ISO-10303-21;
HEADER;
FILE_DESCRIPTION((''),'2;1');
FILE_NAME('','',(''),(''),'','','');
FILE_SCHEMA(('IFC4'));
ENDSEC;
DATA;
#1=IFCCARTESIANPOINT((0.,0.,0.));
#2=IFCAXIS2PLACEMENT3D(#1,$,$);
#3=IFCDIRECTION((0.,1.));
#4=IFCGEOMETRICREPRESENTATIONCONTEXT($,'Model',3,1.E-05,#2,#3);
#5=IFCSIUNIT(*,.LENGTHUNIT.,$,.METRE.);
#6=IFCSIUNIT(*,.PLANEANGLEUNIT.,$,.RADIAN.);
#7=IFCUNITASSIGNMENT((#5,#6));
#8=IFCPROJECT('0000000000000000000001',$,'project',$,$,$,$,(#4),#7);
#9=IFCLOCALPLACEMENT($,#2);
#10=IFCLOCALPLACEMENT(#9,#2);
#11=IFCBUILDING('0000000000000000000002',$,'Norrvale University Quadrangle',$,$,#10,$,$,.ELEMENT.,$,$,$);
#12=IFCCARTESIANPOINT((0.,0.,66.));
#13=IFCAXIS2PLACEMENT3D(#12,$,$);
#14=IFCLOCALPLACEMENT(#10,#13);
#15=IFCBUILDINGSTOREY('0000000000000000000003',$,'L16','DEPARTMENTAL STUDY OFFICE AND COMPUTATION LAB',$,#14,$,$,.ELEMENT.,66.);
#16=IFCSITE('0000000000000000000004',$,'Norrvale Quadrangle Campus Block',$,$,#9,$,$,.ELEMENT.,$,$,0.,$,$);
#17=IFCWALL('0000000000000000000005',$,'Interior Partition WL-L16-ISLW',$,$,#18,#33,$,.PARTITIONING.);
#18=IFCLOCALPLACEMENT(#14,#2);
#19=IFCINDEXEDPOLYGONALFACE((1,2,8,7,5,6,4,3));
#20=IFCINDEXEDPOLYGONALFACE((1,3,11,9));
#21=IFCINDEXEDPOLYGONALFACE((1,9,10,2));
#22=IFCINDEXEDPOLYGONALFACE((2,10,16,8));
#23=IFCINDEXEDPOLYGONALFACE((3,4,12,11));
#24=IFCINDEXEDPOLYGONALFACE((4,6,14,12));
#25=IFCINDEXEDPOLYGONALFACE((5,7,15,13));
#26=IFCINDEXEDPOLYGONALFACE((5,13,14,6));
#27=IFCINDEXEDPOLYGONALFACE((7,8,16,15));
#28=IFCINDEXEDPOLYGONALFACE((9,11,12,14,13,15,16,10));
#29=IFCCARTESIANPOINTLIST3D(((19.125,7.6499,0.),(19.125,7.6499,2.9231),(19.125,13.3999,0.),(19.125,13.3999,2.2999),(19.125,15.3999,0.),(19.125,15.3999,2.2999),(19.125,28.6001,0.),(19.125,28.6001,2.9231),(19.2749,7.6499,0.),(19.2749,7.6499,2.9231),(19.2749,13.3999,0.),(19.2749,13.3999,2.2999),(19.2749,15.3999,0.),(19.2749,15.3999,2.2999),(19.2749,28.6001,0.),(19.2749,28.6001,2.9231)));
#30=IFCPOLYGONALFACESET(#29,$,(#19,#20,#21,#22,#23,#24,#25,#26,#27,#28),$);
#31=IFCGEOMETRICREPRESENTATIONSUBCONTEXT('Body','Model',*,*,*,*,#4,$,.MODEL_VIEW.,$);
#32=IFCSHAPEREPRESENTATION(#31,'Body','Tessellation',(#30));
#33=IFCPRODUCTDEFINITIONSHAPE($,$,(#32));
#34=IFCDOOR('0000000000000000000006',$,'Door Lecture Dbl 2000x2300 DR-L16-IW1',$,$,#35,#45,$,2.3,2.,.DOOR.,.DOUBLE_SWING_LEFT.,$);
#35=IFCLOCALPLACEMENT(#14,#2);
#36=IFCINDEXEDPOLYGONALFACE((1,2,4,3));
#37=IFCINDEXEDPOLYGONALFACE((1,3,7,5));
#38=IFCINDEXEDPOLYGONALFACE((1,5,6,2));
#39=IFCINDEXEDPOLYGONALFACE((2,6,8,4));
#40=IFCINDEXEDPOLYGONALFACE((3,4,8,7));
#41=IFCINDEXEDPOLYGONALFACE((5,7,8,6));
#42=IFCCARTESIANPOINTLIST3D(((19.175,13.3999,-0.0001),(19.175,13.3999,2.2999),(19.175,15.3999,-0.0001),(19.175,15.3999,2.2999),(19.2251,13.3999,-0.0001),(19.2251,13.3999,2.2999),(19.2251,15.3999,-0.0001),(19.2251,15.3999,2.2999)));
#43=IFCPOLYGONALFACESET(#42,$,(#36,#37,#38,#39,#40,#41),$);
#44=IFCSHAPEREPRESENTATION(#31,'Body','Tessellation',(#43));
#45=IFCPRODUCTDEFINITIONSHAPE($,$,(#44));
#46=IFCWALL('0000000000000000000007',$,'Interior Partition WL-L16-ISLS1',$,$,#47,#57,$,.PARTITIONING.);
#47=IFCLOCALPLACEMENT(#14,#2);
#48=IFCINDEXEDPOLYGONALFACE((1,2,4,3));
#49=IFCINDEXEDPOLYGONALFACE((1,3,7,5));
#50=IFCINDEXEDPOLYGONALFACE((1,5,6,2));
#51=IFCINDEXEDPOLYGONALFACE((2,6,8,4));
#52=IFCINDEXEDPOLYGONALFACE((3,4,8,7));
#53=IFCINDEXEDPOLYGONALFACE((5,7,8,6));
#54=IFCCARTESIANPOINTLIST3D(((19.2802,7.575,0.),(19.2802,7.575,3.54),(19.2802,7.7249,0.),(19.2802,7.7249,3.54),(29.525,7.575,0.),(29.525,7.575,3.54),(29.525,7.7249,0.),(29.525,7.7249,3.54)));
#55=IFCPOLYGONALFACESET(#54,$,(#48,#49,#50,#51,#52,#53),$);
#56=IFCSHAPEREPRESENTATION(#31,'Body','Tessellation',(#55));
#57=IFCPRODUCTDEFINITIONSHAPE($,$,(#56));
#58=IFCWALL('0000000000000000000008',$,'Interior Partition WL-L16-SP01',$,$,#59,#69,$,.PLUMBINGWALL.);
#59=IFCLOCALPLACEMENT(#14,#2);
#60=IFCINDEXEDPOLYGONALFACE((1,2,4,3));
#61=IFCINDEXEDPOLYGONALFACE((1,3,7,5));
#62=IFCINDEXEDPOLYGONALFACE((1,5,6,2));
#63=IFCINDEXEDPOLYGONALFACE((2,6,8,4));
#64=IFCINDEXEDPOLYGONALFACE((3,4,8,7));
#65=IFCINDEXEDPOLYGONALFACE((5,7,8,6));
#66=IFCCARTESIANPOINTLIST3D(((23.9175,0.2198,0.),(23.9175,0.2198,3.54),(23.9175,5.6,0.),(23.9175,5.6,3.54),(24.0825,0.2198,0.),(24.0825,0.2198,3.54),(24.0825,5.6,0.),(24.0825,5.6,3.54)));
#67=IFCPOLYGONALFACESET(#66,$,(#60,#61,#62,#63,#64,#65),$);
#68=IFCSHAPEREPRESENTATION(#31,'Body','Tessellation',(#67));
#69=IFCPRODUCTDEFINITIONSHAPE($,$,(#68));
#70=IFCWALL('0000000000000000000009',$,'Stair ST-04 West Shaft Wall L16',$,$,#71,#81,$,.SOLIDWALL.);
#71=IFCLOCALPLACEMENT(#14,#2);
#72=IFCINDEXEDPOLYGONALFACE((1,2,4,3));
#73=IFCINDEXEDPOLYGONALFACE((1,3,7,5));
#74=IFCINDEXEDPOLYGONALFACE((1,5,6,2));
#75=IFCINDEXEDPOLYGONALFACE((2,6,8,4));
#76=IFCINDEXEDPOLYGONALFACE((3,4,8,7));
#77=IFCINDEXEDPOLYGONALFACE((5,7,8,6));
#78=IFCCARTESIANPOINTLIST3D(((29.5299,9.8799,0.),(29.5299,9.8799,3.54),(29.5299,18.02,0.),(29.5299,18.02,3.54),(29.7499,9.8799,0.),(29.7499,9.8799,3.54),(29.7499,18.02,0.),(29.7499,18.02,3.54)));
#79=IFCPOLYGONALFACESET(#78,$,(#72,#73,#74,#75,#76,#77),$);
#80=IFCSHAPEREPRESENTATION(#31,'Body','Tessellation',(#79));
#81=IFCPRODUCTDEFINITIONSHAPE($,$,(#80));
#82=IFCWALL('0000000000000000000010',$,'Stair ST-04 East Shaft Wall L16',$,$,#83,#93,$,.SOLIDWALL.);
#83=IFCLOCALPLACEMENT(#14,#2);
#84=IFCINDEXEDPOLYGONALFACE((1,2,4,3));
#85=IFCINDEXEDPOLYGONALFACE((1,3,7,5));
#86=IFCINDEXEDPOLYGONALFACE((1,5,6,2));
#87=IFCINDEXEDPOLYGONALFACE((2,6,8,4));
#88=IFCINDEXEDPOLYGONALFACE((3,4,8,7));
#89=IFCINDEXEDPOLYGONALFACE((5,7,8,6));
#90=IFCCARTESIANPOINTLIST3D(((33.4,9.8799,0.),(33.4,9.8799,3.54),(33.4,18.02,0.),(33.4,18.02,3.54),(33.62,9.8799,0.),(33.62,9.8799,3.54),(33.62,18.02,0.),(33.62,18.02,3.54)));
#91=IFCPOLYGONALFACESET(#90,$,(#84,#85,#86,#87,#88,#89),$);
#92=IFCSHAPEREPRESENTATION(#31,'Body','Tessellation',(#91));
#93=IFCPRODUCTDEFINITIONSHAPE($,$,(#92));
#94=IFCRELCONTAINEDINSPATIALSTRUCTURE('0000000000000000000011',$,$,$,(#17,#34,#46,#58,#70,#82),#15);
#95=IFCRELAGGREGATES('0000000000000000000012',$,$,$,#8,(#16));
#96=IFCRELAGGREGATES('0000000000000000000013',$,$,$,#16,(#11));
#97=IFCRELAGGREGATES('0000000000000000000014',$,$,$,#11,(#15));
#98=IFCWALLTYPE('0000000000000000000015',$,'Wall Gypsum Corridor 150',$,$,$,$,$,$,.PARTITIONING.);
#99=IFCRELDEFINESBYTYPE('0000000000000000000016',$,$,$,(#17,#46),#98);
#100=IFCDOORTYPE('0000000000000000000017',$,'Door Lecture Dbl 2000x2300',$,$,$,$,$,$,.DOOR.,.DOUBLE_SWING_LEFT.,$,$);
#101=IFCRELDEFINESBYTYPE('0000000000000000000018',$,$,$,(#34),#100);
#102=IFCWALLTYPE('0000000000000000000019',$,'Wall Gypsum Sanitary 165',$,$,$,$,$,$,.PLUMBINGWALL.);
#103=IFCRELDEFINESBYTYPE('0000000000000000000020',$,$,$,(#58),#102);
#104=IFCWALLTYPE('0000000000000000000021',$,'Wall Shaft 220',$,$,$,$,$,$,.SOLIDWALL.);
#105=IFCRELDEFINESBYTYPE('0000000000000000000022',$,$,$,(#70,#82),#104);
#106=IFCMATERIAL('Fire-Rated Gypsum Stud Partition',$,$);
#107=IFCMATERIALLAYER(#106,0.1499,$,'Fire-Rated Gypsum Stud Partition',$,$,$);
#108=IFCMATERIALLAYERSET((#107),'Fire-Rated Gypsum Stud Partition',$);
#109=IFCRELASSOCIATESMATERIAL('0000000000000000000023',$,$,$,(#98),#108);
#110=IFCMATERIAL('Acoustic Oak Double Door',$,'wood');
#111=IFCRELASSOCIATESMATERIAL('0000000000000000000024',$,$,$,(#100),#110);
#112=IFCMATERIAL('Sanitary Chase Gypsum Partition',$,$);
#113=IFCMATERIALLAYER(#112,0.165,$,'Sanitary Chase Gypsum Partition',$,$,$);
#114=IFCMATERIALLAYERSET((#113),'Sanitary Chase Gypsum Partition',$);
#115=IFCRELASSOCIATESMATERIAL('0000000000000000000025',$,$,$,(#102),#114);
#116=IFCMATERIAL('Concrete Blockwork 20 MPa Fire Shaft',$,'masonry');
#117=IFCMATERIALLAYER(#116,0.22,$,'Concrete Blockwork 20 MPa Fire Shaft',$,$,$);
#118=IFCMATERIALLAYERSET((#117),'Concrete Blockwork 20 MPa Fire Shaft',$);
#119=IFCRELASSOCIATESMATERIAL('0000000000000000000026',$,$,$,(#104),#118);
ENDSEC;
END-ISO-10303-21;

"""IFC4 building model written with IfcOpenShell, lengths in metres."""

from ifc_helpers import new_model, si_unit, direction, frame, frame_2d, origin, place, context, subcontext, project, spatial, rectangle, extrude, material, layer, layer_set, type_object, element, fill, save


model = new_model("IFC4")

# Units and contexts
model_context = context("Model", 3, precision=1e-05, world=origin(), true_north=direction((0.0, 1.0)))
body_context = subcontext(model_context, "Body", "Model", "MODEL_VIEW")
ifc_project = project(units=[si_unit("LENGTHUNIT", "METRE"), si_unit("PLANEANGLEUNIT", "RADIAN")], contexts=[model_context])

# Site, building, storey
site_placement = place(None, origin())
site = spatial("IfcSite", under=ifc_project, at=site_placement, Name="Norrvale Quadrangle Campus Block", CompositionType="ELEMENT", RefElevation=0.0)
building_placement = place(site_placement, origin())
building = spatial("IfcBuilding", under=site, at=building_placement, Name="Norrvale University Quadrangle", CompositionType="ELEMENT")
storey_placement = place(building_placement, frame((0.0, 0.0, 66.0)))
storey = spatial("IfcBuildingStorey", under=building, at=storey_placement, Name="L16", Description="DEPARTMENTAL STUDY OFFICE AND COMPUTATION LAB", CompositionType="ELEMENT", Elevation=66.0)

# Wall, opening, door
ifc_material_1 = material(Name="Fire-Rated Gypsum Stud Partition")
ifc_layer_1 = layer(ifc_material_1, 0.1499, Name="Fire-Rated Gypsum Stud Partition")
ifc_layer_set_1 = layer_set([ifc_layer_1], Name="Fire-Rated Gypsum Stud Partition")
wall_type_1 = type_object("IfcWallType", Name="Wall Gypsum Corridor 150", PredefinedType="PARTITIONING", material=ifc_layer_set_1)
wall_1_placement = place(storey_placement, frame((19.2, 7.6499, 0.0), z_axis=(0.0, 0.0, 1.0), x_axis=(0.0, 1.0, 0.0)))
wall_1 = element("IfcWall", 1, at=wall_1_placement, inside=storey, type_object=wall_type_1, Name="Interior Partition WL-L16-ISLW", PredefinedType="PARTITIONING", context=body_context, shape_type="SweptSolid", body=[
    extrude(rectangle(XDim=20.9502, YDim=0.1499, at=frame_2d((10.4751, 0.0))), origin(), (0.0, 0.0, 1.0), 2.9231),
])
opening_placement = place(wall_1_placement, frame((5.75, 0.0, 0.0)))
opening = element("IfcOpeningElement", 2, at=opening_placement, cuts=wall_1, PredefinedType="OPENING", context=body_context, shape_type="SweptSolid", body=[
    extrude(rectangle(XDim=2.0, YDim=2.3, at=frame_2d((1.0, 1.1499))), frame((0.0, 0.0869, 0.0), z_axis=(0.0, -1.0, 0.0), x_axis=(1.0, 0.0, 0.0)), (0.0, 0.0, 1.0), 0.1738),
])
ifc_material_2 = material(Name="Acoustic Oak Double Door", Category="wood")
door_type = type_object("IfcDoorType", Name="Door Lecture Dbl 2000x2300", OperationType="DOUBLE_SWING_LEFT", PredefinedType="DOOR", material=ifc_material_2)
door_placement = place(opening_placement, origin())
door = element("IfcDoor", 3, at=door_placement, inside=storey, type_object=door_type, Name="Door Lecture Dbl 2000x2300 DR-L16-IW1", OperationType="DOUBLE_SWING_LEFT", OverallHeight=2.3, OverallWidth=2.0, PredefinedType="DOOR", context=body_context, shape_type="SweptSolid", body=[
    extrude(rectangle(XDim=2.0, YDim=2.3, at=frame_2d((1.0, 1.1499))), frame((0.0, 0.0249, 0.0), z_axis=(0.0, -1.0, 0.0), x_axis=(1.0, 0.0, 0.0)), (0.0, 0.0, 1.0), 0.05),
])
fill(opening, door)

# Walls
wall_2_placement = place(storey_placement, frame((19.28, 7.6499, 0.0), z_axis=(0.0, 0.0, 1.0), x_axis=(1.0, 0.0, 0.0)))
element("IfcWall", 4, at=wall_2_placement, inside=storey, type_object=wall_type_1, Name="Interior Partition WL-L16-ISLS1", PredefinedType="PARTITIONING", context=body_context, shape_type="SweptSolid", body=[
    extrude(rectangle(XDim=10.2449, YDim=0.1499, at=frame_2d((5.1226, 0.0))), origin(), (0.0, 0.0, 1.0), 3.54),
])
ifc_material_3 = material(Name="Sanitary Chase Gypsum Partition")
ifc_layer_2 = layer(ifc_material_3, 0.165, Name="Sanitary Chase Gypsum Partition")
ifc_layer_set_2 = layer_set([ifc_layer_2], Name="Sanitary Chase Gypsum Partition")
wall_type_2 = type_object("IfcWallType", Name="Wall Gypsum Sanitary 165", PredefinedType="PLUMBINGWALL", material=ifc_layer_set_2)
wall_3_placement = place(storey_placement, frame((24.0, 0.22, 0.0), z_axis=(0.0, 0.0, 1.0), x_axis=(0.0, 1.0, 0.0)))
element("IfcWall", 5, at=wall_3_placement, inside=storey, type_object=wall_type_2, Name="Interior Partition WL-L16-SP01", PredefinedType="PLUMBINGWALL", context=body_context, shape_type="SweptSolid", body=[
    extrude(rectangle(XDim=5.3801, YDim=0.165, at=frame_2d((2.6899, 0.0))), origin(), (0.0, 0.0, 1.0), 3.54),
])
ifc_material_4 = material(Name="Concrete Blockwork 20 MPa Fire Shaft", Category="masonry")
ifc_layer_3 = layer(ifc_material_4, 0.22, Name="Concrete Blockwork 20 MPa Fire Shaft")
ifc_layer_set_3 = layer_set([ifc_layer_3], Name="Concrete Blockwork 20 MPa Fire Shaft")
wall_type_3 = type_object("IfcWallType", Name="Wall Shaft 220", PredefinedType="SOLIDWALL", material=ifc_layer_set_3)
for number, where, z_axis, x_axis, name in (
    (6, (29.6399, 9.8799, 0.0), (0.0, 0.0, 1.0), (0.0, 1.0, 0.0), "Stair ST-04 West Shaft Wall L16"),
    (7, (33.51, 9.8799, 0.0), (0.0, 0.0, 1.0), (0.0, 1.0, 0.0), "Stair ST-04 East Shaft Wall L16"),
):
    element("IfcWall", number, at=place(storey_placement, frame(where, z_axis=z_axis, x_axis=x_axis)), inside=storey, type_object=wall_type_3, Name=name, PredefinedType="SOLIDWALL", context=body_context, shape_type="SweptSolid", body=[
        extrude(rectangle(XDim=8.1401, YDim=0.22, at=frame_2d((4.0701, 0.0))), origin(), (0.0, 0.0, 1.0), 3.54),
    ])

save(model, "model.ifc")
